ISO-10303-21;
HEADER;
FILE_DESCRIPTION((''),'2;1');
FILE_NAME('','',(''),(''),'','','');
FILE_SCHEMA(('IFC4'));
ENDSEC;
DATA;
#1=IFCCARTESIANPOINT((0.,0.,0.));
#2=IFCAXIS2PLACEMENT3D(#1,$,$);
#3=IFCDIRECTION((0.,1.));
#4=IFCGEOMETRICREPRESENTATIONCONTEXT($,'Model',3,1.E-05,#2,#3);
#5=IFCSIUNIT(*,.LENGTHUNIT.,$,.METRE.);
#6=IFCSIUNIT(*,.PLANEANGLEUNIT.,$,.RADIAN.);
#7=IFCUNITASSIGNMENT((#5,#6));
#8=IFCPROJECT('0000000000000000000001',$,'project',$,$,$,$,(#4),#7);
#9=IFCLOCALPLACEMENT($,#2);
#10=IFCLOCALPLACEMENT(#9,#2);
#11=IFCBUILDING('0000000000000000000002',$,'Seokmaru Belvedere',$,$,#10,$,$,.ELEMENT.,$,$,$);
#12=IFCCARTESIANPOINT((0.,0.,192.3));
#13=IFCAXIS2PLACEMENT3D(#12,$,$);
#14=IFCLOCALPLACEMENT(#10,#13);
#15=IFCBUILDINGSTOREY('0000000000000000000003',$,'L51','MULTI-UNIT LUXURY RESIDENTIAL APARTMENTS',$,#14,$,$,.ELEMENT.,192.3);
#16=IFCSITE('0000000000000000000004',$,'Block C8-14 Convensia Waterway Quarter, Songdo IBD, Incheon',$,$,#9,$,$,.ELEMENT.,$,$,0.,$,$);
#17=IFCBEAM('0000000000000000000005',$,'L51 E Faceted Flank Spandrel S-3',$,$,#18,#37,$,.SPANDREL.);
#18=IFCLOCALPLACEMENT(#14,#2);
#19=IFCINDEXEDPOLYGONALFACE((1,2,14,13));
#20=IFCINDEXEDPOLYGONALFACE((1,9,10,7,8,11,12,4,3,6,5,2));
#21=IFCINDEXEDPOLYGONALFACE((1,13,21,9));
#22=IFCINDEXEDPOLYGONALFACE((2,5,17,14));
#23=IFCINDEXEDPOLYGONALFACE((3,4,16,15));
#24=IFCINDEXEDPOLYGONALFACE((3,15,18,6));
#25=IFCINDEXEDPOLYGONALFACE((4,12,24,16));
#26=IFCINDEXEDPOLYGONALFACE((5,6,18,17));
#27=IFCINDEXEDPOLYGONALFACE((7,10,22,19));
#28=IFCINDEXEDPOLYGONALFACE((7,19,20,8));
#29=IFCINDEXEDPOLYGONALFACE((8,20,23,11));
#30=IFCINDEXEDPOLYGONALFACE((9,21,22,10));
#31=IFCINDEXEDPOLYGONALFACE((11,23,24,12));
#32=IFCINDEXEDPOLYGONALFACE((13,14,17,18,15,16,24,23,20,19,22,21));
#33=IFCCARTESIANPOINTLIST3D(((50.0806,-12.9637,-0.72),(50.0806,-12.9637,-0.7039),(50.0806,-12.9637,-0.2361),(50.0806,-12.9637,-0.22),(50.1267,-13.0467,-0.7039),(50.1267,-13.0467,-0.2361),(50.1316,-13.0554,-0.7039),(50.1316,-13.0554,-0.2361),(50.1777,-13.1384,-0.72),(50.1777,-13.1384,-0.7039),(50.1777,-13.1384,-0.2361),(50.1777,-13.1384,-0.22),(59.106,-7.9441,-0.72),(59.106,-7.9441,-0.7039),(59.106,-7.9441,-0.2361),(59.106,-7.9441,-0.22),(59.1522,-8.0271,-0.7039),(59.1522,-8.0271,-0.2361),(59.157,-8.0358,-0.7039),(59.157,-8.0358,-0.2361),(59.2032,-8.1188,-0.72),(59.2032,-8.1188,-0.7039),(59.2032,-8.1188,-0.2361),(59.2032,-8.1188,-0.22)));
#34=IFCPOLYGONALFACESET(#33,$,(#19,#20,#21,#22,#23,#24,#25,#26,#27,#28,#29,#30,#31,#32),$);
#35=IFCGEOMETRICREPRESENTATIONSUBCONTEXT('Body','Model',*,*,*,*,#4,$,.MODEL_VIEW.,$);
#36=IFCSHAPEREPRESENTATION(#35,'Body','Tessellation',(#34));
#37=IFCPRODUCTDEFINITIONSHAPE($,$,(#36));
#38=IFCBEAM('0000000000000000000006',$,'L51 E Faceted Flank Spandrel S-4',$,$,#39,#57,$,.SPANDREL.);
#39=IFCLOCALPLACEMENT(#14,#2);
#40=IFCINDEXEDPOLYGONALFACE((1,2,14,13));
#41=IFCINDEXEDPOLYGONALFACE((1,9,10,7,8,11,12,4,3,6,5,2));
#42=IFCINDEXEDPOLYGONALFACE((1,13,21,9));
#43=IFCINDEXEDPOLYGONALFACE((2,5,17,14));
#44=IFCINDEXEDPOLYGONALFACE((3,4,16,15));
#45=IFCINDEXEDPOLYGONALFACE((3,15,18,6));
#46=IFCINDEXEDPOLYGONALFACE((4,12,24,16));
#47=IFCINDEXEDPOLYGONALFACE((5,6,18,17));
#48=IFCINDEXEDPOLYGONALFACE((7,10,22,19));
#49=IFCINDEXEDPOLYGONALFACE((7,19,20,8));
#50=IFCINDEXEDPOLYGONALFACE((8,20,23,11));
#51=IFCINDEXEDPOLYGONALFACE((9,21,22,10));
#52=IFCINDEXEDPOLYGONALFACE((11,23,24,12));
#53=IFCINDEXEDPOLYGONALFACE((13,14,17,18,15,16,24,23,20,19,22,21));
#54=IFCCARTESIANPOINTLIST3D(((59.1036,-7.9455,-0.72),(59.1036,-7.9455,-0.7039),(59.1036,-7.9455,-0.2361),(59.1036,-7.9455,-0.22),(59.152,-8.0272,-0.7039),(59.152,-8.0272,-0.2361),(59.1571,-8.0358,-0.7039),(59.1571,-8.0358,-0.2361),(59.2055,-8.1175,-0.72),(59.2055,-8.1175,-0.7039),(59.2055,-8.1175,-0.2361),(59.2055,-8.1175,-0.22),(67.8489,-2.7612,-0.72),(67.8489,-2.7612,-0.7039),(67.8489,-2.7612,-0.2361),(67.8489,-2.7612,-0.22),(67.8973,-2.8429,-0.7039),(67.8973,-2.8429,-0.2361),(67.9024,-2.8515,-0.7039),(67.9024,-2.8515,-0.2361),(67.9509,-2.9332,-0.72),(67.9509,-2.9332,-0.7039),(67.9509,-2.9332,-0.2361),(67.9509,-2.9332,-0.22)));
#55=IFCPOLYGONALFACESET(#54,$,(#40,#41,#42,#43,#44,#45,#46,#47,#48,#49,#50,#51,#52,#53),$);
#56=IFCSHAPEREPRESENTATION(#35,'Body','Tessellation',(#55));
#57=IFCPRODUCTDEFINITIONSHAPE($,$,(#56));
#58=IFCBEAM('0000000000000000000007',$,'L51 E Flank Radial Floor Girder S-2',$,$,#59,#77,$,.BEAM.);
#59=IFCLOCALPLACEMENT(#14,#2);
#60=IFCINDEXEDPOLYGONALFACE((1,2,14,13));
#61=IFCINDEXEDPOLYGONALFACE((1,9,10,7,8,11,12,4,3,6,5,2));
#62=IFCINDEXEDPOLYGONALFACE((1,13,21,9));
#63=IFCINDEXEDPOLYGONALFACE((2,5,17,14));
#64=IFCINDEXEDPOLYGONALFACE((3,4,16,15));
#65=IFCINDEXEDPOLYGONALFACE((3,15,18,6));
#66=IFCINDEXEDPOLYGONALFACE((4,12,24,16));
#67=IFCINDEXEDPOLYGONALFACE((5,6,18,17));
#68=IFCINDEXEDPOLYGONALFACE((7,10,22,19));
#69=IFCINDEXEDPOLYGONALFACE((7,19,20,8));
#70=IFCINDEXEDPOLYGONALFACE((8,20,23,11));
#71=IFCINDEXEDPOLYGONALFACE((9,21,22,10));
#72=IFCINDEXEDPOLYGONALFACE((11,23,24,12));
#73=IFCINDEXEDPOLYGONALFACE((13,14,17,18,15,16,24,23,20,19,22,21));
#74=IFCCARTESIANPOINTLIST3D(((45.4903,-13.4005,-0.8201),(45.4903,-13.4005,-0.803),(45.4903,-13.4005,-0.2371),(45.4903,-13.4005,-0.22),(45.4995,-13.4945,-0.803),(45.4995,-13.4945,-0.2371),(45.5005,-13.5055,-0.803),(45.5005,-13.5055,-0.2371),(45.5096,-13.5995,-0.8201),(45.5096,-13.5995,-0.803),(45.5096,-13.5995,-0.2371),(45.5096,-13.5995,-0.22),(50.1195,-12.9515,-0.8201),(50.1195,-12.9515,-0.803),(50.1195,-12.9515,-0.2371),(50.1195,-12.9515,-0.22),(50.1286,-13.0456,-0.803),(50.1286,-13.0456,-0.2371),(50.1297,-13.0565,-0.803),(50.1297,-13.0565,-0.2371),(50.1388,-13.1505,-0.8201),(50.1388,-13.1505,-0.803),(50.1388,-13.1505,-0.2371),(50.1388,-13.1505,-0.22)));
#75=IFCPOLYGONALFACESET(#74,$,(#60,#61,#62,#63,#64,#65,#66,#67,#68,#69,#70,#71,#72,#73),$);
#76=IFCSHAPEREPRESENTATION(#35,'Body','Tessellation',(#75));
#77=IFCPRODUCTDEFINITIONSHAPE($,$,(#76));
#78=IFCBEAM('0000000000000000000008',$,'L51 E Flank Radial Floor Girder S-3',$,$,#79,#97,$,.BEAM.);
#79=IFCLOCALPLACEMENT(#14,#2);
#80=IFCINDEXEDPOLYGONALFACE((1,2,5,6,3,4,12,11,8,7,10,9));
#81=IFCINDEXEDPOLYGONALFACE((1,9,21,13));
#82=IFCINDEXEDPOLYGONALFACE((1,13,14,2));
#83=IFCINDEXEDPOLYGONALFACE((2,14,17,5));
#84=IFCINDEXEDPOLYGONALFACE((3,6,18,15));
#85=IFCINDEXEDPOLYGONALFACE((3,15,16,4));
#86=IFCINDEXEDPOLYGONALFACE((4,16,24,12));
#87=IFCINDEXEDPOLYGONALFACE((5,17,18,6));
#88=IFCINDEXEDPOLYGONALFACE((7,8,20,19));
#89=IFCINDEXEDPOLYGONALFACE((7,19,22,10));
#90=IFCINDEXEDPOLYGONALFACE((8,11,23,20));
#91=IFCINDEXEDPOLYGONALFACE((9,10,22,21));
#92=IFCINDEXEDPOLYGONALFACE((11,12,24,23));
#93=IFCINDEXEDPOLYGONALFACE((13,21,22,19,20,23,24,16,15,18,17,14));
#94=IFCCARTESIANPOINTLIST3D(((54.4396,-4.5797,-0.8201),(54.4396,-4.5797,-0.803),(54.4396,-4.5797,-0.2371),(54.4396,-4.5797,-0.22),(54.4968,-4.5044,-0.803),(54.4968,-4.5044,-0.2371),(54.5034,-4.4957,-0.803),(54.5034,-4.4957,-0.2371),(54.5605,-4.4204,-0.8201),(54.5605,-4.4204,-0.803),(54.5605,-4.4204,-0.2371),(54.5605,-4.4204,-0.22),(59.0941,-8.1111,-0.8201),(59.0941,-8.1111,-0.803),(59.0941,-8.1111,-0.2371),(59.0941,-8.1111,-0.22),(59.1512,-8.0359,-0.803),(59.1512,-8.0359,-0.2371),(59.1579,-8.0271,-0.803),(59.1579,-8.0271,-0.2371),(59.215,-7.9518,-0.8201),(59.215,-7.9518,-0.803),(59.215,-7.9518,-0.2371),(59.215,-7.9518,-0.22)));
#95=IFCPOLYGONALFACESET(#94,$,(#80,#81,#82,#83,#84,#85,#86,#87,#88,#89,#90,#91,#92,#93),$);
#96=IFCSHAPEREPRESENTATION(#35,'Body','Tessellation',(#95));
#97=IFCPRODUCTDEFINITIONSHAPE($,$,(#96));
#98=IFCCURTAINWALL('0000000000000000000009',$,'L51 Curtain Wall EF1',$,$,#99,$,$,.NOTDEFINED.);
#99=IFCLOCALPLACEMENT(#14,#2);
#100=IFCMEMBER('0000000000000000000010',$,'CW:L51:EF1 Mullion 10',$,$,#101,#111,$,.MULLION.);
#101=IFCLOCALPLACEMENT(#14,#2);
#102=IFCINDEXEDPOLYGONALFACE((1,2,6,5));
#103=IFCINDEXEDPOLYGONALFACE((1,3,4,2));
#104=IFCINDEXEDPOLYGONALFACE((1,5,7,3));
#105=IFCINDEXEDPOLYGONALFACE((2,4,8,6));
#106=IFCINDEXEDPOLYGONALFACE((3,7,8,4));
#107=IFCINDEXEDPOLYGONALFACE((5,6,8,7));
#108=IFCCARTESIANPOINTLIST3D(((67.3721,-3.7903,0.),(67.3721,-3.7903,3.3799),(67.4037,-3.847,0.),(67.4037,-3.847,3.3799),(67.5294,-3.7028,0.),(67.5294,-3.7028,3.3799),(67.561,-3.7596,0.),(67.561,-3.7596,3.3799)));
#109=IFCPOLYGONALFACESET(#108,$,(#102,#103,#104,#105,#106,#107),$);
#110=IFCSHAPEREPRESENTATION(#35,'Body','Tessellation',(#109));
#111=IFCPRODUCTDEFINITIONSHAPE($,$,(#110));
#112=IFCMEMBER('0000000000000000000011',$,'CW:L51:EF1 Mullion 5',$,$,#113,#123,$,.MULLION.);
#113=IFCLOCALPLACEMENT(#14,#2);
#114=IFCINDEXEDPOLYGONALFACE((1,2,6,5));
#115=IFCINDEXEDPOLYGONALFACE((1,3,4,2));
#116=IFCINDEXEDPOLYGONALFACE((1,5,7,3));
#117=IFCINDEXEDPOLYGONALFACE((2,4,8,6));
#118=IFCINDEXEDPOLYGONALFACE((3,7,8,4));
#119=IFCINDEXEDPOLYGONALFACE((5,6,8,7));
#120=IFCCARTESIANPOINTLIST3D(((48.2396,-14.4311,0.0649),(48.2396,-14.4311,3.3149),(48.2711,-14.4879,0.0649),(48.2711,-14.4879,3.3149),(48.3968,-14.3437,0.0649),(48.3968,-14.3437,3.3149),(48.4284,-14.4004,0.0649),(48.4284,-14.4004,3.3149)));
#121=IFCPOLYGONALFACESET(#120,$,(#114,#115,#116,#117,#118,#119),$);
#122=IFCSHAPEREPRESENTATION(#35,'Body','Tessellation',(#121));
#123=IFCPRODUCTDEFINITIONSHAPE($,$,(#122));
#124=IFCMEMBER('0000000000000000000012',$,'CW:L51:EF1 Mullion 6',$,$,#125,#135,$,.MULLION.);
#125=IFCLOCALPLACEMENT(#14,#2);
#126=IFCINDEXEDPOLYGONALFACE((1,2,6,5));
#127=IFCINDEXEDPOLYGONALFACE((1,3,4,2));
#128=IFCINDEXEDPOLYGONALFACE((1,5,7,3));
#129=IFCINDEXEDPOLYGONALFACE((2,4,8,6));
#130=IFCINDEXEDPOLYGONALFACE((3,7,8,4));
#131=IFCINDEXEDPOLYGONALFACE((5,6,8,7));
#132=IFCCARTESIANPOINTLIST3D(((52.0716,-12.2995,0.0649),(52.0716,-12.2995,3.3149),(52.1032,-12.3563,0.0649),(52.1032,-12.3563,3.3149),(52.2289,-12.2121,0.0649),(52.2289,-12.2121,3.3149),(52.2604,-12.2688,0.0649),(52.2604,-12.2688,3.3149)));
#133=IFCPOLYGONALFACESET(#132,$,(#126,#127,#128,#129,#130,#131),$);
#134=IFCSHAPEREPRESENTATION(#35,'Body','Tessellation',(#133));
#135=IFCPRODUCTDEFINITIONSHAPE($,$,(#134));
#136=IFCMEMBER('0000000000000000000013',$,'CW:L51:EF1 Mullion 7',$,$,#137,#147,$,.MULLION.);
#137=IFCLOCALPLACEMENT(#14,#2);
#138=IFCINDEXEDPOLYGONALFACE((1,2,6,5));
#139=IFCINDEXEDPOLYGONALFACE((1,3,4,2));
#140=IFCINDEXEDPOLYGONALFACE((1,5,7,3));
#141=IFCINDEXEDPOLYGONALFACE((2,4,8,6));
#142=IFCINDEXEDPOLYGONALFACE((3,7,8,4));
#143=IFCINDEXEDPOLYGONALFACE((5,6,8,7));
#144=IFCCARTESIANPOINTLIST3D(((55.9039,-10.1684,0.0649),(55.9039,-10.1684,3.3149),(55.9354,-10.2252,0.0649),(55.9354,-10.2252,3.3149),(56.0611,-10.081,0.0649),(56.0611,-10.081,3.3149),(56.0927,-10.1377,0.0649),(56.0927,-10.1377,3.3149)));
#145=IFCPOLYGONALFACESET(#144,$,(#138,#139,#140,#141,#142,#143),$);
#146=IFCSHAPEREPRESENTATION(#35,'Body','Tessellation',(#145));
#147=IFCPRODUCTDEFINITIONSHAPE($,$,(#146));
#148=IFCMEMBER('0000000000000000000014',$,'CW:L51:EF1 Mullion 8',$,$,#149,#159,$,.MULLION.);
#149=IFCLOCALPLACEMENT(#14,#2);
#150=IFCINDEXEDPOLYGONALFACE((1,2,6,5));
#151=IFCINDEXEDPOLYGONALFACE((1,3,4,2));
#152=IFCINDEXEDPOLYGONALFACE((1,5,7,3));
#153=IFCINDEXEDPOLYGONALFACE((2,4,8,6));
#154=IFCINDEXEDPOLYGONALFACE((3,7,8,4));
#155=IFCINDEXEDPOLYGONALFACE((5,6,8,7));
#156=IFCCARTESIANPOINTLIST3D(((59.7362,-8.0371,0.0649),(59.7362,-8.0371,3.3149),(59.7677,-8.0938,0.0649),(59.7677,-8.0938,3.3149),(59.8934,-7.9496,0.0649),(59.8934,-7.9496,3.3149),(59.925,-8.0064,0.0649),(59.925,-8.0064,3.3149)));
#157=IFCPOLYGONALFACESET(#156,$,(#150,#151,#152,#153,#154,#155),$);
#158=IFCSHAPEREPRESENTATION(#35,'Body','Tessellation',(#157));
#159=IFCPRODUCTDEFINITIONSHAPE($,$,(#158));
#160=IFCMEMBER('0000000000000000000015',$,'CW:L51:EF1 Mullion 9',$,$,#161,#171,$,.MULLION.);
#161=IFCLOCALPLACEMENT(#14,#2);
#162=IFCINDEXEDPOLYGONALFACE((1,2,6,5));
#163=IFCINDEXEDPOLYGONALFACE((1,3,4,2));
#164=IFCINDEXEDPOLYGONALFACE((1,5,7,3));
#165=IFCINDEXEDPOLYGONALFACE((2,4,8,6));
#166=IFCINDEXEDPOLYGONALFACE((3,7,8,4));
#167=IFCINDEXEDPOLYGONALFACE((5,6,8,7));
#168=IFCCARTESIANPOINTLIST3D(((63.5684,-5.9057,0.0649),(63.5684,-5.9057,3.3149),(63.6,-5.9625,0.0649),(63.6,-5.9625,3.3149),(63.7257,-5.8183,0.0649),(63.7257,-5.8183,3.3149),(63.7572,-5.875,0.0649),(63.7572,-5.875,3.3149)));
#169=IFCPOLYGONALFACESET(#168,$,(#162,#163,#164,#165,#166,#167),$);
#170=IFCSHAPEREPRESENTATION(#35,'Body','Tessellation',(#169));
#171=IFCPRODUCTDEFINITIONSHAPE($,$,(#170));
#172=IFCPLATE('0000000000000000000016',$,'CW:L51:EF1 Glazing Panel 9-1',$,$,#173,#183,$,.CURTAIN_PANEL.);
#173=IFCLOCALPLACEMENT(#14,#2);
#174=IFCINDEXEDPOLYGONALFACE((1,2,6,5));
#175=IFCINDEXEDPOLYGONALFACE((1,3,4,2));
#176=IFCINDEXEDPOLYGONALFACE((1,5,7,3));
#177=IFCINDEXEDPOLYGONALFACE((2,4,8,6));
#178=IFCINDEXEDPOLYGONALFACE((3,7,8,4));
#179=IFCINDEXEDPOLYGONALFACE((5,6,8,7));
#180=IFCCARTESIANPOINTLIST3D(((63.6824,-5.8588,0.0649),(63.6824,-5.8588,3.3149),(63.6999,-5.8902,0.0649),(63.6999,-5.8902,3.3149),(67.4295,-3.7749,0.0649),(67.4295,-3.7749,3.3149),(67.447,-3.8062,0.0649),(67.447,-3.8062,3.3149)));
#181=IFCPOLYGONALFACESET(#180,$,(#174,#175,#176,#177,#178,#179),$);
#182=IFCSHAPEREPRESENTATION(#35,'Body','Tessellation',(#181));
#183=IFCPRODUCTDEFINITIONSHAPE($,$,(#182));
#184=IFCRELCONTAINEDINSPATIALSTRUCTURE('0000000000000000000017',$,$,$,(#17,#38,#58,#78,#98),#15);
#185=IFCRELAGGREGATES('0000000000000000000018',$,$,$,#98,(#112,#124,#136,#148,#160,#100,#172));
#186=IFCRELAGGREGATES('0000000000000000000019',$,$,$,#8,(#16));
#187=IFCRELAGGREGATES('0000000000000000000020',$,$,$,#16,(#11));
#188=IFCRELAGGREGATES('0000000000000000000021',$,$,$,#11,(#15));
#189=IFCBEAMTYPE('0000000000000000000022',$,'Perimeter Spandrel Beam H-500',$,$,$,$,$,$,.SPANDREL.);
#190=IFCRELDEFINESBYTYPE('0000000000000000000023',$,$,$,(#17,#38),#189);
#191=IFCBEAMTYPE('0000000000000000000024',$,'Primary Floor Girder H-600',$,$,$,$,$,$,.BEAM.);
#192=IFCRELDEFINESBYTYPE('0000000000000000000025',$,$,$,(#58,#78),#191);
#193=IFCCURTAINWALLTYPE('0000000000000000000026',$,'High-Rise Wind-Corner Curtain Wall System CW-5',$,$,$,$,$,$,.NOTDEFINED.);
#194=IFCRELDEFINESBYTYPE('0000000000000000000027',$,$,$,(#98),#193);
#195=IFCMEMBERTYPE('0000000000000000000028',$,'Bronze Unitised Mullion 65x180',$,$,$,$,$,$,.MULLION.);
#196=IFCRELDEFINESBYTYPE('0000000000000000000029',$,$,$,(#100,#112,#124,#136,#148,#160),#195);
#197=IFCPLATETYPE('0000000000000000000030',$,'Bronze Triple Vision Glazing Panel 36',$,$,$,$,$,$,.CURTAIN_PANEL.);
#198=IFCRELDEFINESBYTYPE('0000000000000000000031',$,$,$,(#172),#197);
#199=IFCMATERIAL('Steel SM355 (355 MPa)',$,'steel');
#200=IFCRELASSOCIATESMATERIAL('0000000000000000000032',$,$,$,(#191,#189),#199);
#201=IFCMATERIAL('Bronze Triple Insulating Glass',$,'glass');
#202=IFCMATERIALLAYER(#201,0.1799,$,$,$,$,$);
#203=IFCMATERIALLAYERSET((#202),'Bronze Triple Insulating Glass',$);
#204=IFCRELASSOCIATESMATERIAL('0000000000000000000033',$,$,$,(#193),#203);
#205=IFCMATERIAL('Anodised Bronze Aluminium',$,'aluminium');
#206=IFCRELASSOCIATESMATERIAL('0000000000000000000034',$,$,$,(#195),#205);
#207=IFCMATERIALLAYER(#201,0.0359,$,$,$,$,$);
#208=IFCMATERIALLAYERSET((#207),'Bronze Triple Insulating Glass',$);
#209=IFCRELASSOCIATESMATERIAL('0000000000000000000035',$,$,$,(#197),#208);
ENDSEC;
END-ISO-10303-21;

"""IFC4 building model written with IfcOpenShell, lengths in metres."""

from ifc_helpers import new_model, si_unit, direction, frame, origin, origin_2d, place, context, subcontext, project, spatial, rectangle, i_section, extrude, source, transform, mapped, material, layer, layer_set, material_profile, profile_set, type_object, type_shapes, element, aggregate, save


model = new_model("IFC4")

# Units and contexts
model_context = context("Model", 3, precision=1e-05, world=origin(), true_north=direction((0.0, 1.0)))
body_context = subcontext(model_context, "Body", "Model", "MODEL_VIEW")
ifc_project = project(units=[si_unit("LENGTHUNIT", "METRE"), si_unit("PLANEANGLEUNIT", "RADIAN")], contexts=[model_context])

# Site, building, storey
site_placement = place(None, origin())
site = spatial("IfcSite", under=ifc_project, at=site_placement, Name="Block C8-14 Convensia Waterway Quarter, Songdo IBD, Incheon", CompositionType="ELEMENT", RefElevation=0.0)
building_placement = place(site_placement, origin())
building = spatial("IfcBuilding", under=site, at=building_placement, Name="Seokmaru Belvedere", CompositionType="ELEMENT")
storey_placement = place(building_placement, frame((0.0, 0.0, 192.3)))
storey = spatial("IfcBuildingStorey", under=building, at=storey_placement, Name="L51", Description="MULTI-UNIT LUXURY RESIDENTIAL APARTMENTS", CompositionType="ELEMENT", Elevation=192.3)

# Shared definitions
ifc_material_1 = material(Name="Steel SM355 (355 MPa)", Category="steel")

# Beams
ifc_material_profile_1 = material_profile(ifc_material_1, i_section(OverallWidth=0.2, OverallDepth=0.6001, WebThickness=0.011, FlangeThickness=0.0171, at=origin_2d()), Name="H-600x200x11x17")
ifc_profile_set_1 = profile_set([ifc_material_profile_1], Name="Steel SM355 (355 MPa)")
beam_type_1 = type_object("IfcBeamType", Name="Primary Floor Girder H-600", PredefinedType="BEAM", material=ifc_profile_set_1)
ifc_material_profile_2 = material_profile(ifc_material_1, i_section(OverallWidth=0.2, OverallDepth=0.5, WebThickness=0.01, FlangeThickness=0.0161, at=origin_2d()), Name="H-500x200x10x16")
ifc_profile_set_2 = profile_set([ifc_material_profile_2], Name="Steel SM355 (355 MPa)")
beam_type_2 = type_object("IfcBeamType", Name="Perimeter Spandrel Beam H-500", PredefinedType="SPANDREL", material=ifc_profile_set_2)
shared_shape_1 = source(origin(), body_context, "Body", "SweptSolid", [
    extrude(i_section(OverallWidth=0.2, OverallDepth=0.5, WebThickness=0.01, FlangeThickness=0.0161, at=origin_2d()), origin(), (0.0, 0.0, 1.0), 10.3274),
])
beam_1_placement = place(storey_placement, frame((50.1292, -13.051, -0.47), z_axis=(0.873934, 0.486044, 0.0), x_axis=(-0.486044, 0.873934, 0.0)))
element("IfcBeam", 1, at=beam_1_placement, inside=storey, type_object=beam_type_2, Name="L51 E Faceted Flank Spandrel S-3", PredefinedType="SPANDREL", context=body_context, shape_type="MappedRepresentation", body=[
    mapped(shared_shape_1, transform((0.0, 0.0, 0.0), scale=1.0)),
])
shared_shape_2 = source(origin(), body_context, "Body", "SweptSolid", [
    extrude(i_section(OverallWidth=0.2, OverallDepth=0.5, WebThickness=0.01, FlangeThickness=0.0161, at=origin_2d()), origin(), (0.0, 0.0, 1.0), 10.1665),
])
type_shapes(beam_type_2, [shared_shape_1, shared_shape_2])
beam_2_placement = place(storey_placement, frame((59.1545, -8.0315, -0.47), z_axis=(0.86021, 0.50994, 0.0), x_axis=(-0.50994, 0.86021, 0.0)))
element("IfcBeam", 2, at=beam_2_placement, inside=storey, type_object=beam_type_2, Name="L51 E Faceted Flank Spandrel S-4", PredefinedType="SPANDREL", context=body_context, shape_type="MappedRepresentation", body=[
    mapped(shared_shape_2, transform((0.0, 0.0, 0.0), scale=1.0)),
])
shared_shape_3 = source(origin(), body_context, "Body", "SweptSolid", [
    extrude(i_section(OverallWidth=0.2, OverallDepth=0.6001, WebThickness=0.011, FlangeThickness=0.0171, at=origin_2d()), origin(), (0.0, 0.0, 1.0), 4.6509),
])
beam_3_placement = place(storey_placement, frame((50.1292, -13.051, -0.52), z_axis=(-0.99533, -0.096536, 0.0), x_axis=(0.096536, -0.99533, 0.0)))
element("IfcBeam", 3, at=beam_3_placement, inside=storey, type_object=beam_type_1, Name="L51 E Flank Radial Floor Girder S-2", PredefinedType="BEAM", context=body_context, shape_type="MappedRepresentation", body=[
    mapped(shared_shape_3, transform((0.0, 0.0, 0.0), scale=1.0)),
])
shared_shape_4 = source(origin(), body_context, "Body", "SweptSolid", [
    extrude(i_section(OverallWidth=0.2, OverallDepth=0.6001, WebThickness=0.011, FlangeThickness=0.0171, at=origin_2d()), origin(), (0.0, 0.0, 1.0), 5.8425),
])
beam_4_placement = place(storey_placement, frame((59.1545, -8.0315, -0.52), z_axis=(-0.796653, 0.604437, 0.0), x_axis=(-0.604437, -0.796653, 0.0)))
element("IfcBeam", 4, at=beam_4_placement, inside=storey, type_object=beam_type_1, Name="L51 E Flank Radial Floor Girder S-3", PredefinedType="BEAM", context=body_context, shape_type="MappedRepresentation", body=[
    mapped(shared_shape_4, transform((0.0, 0.0, 0.0), scale=1.0)),
])

# Curtain wall, members, plate
ifc_material_2 = material(Name="Bronze Triple Insulating Glass", Category="glass")
ifc_layer_1 = layer(ifc_material_2, 0.1799)
ifc_layer_set_1 = layer_set([ifc_layer_1], Name="Bronze Triple Insulating Glass")
curtain_wall_type = type_object("IfcCurtainWallType", Name="High-Rise Wind-Corner Curtain Wall System CW-5", PredefinedType="NOTDEFINED", material=ifc_layer_set_1)
curtain_wall_placement = place(storey_placement, origin())
curtain_wall = element("IfcCurtainWall", 5, at=curtain_wall_placement, inside=storey, type_object=curtain_wall_type, Name="L51 Curtain Wall EF1", PredefinedType="NOTDEFINED")
ifc_material_3 = material(Name="Anodised Bronze Aluminium", Category="aluminium")
ifc_material_profile_3 = material_profile(ifc_material_3, rectangle(XDim=0.0649, YDim=0.1799, at=origin_2d()), Name="CW-M-65x180")
ifc_profile_set_3 = profile_set([ifc_material_profile_3], Name="Anodised Bronze Aluminium")
member_type = type_object("IfcMemberType", Name="Bronze Unitised Mullion 65x180", PredefinedType="MULLION", material=ifc_profile_set_3)
shared_shape_5 = source(origin(), body_context, "Body", "SweptSolid", [
    extrude(rectangle(XDim=0.0649, YDim=0.1799, at=origin_2d()), origin(), (0.0, 0.0, 1.0), 3.3799),
])
member_1_placement = place(storey_placement, frame((67.4666, -3.7749, 0.0), z_axis=(0.0, 0.0, 1.0), x_axis=(-0.486047, 0.873933, 0.0)))
member_1 = element("IfcMember", 6, at=member_1_placement, type_object=member_type, Name="CW:L51:EF1 Mullion 10", PredefinedType="MULLION", context=body_context, shape_type="MappedRepresentation", body=[
    mapped(shared_shape_5, transform((0.0, 0.0, 0.0), scale=1.0)),
])
shared_shape_6 = source(origin(), body_context, "Body", "SweptSolid", [
    extrude(rectangle(XDim=0.0649, YDim=0.1799, at=origin_2d()), origin(), (0.0, 0.0, 1.0), 3.25),
])
type_shapes(member_type, [shared_shape_5, shared_shape_6])
member_2_placement = place(storey_placement, frame((48.334, -14.4158, 0.0649), z_axis=(0.0, 0.0, 1.0), x_axis=(-0.486047, 0.873933, 0.0)))
member_2 = element("IfcMember", 7, at=member_2_placement, type_object=member_type, Name="CW:L51:EF1 Mullion 5", PredefinedType="MULLION", context=body_context, shape_type="MappedRepresentation", body=[
    mapped(shared_shape_6, transform((0.0, 0.0, 0.0), scale=1.0)),
])
member_3_placement = place(storey_placement, frame((52.166, -12.2842, 0.0649), z_axis=(0.0, 0.0, 1.0), x_axis=(-0.486047, 0.873933, 0.0)))
member_3 = element("IfcMember", 8, at=member_3_placement, type_object=member_type, Name="CW:L51:EF1 Mullion 6", PredefinedType="MULLION", context=body_context, shape_type="MappedRepresentation", body=[
    mapped(shared_shape_6, transform((0.0, 0.0, 0.0), scale=1.0)),
])
member_4_placement = place(storey_placement, frame((55.9983, -10.1531, 0.0649), z_axis=(0.0, 0.0, 1.0), x_axis=(-0.486047, 0.873933, 0.0)))
member_4 = element("IfcMember", 9, at=member_4_placement, type_object=member_type, Name="CW:L51:EF1 Mullion 7", PredefinedType="MULLION", context=body_context, shape_type="MappedRepresentation", body=[
    mapped(shared_shape_6, transform((0.0, 0.0, 0.0), scale=1.0)),
])
member_5_placement = place(storey_placement, frame((59.8306, -8.0217, 0.0649), z_axis=(0.0, 0.0, 1.0), x_axis=(-0.486047, 0.873933, 0.0)))
member_5 = element("IfcMember", 10, at=member_5_placement, type_object=member_type, Name="CW:L51:EF1 Mullion 8", PredefinedType="MULLION", context=body_context, shape_type="MappedRepresentation", body=[
    mapped(shared_shape_6, transform((0.0, 0.0, 0.0), scale=1.0)),
])
member_6_placement = place(storey_placement, frame((63.6628, -5.8904, 0.0649), z_axis=(0.0, 0.0, 1.0), x_axis=(-0.486047, 0.873933, 0.0)))
member_6 = element("IfcMember", 11, at=member_6_placement, type_object=member_type, Name="CW:L51:EF1 Mullion 9", PredefinedType="MULLION", context=body_context, shape_type="MappedRepresentation", body=[
    mapped(shared_shape_6, transform((0.0, 0.0, 0.0), scale=1.0)),
])
ifc_layer_2 = layer(ifc_material_2, 0.0359)
ifc_layer_set_2 = layer_set([ifc_layer_2], Name="Bronze Triple Insulating Glass")
plate_type = type_object("IfcPlateType", Name="Bronze Triple Vision Glazing Panel 36", PredefinedType="CURTAIN_PANEL", material=ifc_layer_set_2)
shared_shape_7 = source(origin(), body_context, "Body", "SweptSolid", [
    extrude(rectangle(XDim=4.2876, YDim=0.0359, at=origin_2d()), origin(), (0.0, 0.0, 1.0), 3.25),
])
plate_1_placement = place(storey_placement, frame((65.5647, -4.8325, 0.0649), z_axis=(0.0, 0.0, 1.0), x_axis=(0.873933, 0.486047, 0.0)))
plate_1 = element("IfcPlate", 12, at=plate_1_placement, type_object=plate_type, Name="CW:L51:EF1 Glazing Panel 9-1", PredefinedType="CURTAIN_PANEL", context=body_context, shape_type="MappedRepresentation", body=[
    mapped(shared_shape_7, transform((0.0, 0.0, 0.0), scale=1.0)),
])
aggregate(curtain_wall, [member_2, member_3, member_4, member_5, member_6, member_1, plate_1])

save(model, "model.ifc")
